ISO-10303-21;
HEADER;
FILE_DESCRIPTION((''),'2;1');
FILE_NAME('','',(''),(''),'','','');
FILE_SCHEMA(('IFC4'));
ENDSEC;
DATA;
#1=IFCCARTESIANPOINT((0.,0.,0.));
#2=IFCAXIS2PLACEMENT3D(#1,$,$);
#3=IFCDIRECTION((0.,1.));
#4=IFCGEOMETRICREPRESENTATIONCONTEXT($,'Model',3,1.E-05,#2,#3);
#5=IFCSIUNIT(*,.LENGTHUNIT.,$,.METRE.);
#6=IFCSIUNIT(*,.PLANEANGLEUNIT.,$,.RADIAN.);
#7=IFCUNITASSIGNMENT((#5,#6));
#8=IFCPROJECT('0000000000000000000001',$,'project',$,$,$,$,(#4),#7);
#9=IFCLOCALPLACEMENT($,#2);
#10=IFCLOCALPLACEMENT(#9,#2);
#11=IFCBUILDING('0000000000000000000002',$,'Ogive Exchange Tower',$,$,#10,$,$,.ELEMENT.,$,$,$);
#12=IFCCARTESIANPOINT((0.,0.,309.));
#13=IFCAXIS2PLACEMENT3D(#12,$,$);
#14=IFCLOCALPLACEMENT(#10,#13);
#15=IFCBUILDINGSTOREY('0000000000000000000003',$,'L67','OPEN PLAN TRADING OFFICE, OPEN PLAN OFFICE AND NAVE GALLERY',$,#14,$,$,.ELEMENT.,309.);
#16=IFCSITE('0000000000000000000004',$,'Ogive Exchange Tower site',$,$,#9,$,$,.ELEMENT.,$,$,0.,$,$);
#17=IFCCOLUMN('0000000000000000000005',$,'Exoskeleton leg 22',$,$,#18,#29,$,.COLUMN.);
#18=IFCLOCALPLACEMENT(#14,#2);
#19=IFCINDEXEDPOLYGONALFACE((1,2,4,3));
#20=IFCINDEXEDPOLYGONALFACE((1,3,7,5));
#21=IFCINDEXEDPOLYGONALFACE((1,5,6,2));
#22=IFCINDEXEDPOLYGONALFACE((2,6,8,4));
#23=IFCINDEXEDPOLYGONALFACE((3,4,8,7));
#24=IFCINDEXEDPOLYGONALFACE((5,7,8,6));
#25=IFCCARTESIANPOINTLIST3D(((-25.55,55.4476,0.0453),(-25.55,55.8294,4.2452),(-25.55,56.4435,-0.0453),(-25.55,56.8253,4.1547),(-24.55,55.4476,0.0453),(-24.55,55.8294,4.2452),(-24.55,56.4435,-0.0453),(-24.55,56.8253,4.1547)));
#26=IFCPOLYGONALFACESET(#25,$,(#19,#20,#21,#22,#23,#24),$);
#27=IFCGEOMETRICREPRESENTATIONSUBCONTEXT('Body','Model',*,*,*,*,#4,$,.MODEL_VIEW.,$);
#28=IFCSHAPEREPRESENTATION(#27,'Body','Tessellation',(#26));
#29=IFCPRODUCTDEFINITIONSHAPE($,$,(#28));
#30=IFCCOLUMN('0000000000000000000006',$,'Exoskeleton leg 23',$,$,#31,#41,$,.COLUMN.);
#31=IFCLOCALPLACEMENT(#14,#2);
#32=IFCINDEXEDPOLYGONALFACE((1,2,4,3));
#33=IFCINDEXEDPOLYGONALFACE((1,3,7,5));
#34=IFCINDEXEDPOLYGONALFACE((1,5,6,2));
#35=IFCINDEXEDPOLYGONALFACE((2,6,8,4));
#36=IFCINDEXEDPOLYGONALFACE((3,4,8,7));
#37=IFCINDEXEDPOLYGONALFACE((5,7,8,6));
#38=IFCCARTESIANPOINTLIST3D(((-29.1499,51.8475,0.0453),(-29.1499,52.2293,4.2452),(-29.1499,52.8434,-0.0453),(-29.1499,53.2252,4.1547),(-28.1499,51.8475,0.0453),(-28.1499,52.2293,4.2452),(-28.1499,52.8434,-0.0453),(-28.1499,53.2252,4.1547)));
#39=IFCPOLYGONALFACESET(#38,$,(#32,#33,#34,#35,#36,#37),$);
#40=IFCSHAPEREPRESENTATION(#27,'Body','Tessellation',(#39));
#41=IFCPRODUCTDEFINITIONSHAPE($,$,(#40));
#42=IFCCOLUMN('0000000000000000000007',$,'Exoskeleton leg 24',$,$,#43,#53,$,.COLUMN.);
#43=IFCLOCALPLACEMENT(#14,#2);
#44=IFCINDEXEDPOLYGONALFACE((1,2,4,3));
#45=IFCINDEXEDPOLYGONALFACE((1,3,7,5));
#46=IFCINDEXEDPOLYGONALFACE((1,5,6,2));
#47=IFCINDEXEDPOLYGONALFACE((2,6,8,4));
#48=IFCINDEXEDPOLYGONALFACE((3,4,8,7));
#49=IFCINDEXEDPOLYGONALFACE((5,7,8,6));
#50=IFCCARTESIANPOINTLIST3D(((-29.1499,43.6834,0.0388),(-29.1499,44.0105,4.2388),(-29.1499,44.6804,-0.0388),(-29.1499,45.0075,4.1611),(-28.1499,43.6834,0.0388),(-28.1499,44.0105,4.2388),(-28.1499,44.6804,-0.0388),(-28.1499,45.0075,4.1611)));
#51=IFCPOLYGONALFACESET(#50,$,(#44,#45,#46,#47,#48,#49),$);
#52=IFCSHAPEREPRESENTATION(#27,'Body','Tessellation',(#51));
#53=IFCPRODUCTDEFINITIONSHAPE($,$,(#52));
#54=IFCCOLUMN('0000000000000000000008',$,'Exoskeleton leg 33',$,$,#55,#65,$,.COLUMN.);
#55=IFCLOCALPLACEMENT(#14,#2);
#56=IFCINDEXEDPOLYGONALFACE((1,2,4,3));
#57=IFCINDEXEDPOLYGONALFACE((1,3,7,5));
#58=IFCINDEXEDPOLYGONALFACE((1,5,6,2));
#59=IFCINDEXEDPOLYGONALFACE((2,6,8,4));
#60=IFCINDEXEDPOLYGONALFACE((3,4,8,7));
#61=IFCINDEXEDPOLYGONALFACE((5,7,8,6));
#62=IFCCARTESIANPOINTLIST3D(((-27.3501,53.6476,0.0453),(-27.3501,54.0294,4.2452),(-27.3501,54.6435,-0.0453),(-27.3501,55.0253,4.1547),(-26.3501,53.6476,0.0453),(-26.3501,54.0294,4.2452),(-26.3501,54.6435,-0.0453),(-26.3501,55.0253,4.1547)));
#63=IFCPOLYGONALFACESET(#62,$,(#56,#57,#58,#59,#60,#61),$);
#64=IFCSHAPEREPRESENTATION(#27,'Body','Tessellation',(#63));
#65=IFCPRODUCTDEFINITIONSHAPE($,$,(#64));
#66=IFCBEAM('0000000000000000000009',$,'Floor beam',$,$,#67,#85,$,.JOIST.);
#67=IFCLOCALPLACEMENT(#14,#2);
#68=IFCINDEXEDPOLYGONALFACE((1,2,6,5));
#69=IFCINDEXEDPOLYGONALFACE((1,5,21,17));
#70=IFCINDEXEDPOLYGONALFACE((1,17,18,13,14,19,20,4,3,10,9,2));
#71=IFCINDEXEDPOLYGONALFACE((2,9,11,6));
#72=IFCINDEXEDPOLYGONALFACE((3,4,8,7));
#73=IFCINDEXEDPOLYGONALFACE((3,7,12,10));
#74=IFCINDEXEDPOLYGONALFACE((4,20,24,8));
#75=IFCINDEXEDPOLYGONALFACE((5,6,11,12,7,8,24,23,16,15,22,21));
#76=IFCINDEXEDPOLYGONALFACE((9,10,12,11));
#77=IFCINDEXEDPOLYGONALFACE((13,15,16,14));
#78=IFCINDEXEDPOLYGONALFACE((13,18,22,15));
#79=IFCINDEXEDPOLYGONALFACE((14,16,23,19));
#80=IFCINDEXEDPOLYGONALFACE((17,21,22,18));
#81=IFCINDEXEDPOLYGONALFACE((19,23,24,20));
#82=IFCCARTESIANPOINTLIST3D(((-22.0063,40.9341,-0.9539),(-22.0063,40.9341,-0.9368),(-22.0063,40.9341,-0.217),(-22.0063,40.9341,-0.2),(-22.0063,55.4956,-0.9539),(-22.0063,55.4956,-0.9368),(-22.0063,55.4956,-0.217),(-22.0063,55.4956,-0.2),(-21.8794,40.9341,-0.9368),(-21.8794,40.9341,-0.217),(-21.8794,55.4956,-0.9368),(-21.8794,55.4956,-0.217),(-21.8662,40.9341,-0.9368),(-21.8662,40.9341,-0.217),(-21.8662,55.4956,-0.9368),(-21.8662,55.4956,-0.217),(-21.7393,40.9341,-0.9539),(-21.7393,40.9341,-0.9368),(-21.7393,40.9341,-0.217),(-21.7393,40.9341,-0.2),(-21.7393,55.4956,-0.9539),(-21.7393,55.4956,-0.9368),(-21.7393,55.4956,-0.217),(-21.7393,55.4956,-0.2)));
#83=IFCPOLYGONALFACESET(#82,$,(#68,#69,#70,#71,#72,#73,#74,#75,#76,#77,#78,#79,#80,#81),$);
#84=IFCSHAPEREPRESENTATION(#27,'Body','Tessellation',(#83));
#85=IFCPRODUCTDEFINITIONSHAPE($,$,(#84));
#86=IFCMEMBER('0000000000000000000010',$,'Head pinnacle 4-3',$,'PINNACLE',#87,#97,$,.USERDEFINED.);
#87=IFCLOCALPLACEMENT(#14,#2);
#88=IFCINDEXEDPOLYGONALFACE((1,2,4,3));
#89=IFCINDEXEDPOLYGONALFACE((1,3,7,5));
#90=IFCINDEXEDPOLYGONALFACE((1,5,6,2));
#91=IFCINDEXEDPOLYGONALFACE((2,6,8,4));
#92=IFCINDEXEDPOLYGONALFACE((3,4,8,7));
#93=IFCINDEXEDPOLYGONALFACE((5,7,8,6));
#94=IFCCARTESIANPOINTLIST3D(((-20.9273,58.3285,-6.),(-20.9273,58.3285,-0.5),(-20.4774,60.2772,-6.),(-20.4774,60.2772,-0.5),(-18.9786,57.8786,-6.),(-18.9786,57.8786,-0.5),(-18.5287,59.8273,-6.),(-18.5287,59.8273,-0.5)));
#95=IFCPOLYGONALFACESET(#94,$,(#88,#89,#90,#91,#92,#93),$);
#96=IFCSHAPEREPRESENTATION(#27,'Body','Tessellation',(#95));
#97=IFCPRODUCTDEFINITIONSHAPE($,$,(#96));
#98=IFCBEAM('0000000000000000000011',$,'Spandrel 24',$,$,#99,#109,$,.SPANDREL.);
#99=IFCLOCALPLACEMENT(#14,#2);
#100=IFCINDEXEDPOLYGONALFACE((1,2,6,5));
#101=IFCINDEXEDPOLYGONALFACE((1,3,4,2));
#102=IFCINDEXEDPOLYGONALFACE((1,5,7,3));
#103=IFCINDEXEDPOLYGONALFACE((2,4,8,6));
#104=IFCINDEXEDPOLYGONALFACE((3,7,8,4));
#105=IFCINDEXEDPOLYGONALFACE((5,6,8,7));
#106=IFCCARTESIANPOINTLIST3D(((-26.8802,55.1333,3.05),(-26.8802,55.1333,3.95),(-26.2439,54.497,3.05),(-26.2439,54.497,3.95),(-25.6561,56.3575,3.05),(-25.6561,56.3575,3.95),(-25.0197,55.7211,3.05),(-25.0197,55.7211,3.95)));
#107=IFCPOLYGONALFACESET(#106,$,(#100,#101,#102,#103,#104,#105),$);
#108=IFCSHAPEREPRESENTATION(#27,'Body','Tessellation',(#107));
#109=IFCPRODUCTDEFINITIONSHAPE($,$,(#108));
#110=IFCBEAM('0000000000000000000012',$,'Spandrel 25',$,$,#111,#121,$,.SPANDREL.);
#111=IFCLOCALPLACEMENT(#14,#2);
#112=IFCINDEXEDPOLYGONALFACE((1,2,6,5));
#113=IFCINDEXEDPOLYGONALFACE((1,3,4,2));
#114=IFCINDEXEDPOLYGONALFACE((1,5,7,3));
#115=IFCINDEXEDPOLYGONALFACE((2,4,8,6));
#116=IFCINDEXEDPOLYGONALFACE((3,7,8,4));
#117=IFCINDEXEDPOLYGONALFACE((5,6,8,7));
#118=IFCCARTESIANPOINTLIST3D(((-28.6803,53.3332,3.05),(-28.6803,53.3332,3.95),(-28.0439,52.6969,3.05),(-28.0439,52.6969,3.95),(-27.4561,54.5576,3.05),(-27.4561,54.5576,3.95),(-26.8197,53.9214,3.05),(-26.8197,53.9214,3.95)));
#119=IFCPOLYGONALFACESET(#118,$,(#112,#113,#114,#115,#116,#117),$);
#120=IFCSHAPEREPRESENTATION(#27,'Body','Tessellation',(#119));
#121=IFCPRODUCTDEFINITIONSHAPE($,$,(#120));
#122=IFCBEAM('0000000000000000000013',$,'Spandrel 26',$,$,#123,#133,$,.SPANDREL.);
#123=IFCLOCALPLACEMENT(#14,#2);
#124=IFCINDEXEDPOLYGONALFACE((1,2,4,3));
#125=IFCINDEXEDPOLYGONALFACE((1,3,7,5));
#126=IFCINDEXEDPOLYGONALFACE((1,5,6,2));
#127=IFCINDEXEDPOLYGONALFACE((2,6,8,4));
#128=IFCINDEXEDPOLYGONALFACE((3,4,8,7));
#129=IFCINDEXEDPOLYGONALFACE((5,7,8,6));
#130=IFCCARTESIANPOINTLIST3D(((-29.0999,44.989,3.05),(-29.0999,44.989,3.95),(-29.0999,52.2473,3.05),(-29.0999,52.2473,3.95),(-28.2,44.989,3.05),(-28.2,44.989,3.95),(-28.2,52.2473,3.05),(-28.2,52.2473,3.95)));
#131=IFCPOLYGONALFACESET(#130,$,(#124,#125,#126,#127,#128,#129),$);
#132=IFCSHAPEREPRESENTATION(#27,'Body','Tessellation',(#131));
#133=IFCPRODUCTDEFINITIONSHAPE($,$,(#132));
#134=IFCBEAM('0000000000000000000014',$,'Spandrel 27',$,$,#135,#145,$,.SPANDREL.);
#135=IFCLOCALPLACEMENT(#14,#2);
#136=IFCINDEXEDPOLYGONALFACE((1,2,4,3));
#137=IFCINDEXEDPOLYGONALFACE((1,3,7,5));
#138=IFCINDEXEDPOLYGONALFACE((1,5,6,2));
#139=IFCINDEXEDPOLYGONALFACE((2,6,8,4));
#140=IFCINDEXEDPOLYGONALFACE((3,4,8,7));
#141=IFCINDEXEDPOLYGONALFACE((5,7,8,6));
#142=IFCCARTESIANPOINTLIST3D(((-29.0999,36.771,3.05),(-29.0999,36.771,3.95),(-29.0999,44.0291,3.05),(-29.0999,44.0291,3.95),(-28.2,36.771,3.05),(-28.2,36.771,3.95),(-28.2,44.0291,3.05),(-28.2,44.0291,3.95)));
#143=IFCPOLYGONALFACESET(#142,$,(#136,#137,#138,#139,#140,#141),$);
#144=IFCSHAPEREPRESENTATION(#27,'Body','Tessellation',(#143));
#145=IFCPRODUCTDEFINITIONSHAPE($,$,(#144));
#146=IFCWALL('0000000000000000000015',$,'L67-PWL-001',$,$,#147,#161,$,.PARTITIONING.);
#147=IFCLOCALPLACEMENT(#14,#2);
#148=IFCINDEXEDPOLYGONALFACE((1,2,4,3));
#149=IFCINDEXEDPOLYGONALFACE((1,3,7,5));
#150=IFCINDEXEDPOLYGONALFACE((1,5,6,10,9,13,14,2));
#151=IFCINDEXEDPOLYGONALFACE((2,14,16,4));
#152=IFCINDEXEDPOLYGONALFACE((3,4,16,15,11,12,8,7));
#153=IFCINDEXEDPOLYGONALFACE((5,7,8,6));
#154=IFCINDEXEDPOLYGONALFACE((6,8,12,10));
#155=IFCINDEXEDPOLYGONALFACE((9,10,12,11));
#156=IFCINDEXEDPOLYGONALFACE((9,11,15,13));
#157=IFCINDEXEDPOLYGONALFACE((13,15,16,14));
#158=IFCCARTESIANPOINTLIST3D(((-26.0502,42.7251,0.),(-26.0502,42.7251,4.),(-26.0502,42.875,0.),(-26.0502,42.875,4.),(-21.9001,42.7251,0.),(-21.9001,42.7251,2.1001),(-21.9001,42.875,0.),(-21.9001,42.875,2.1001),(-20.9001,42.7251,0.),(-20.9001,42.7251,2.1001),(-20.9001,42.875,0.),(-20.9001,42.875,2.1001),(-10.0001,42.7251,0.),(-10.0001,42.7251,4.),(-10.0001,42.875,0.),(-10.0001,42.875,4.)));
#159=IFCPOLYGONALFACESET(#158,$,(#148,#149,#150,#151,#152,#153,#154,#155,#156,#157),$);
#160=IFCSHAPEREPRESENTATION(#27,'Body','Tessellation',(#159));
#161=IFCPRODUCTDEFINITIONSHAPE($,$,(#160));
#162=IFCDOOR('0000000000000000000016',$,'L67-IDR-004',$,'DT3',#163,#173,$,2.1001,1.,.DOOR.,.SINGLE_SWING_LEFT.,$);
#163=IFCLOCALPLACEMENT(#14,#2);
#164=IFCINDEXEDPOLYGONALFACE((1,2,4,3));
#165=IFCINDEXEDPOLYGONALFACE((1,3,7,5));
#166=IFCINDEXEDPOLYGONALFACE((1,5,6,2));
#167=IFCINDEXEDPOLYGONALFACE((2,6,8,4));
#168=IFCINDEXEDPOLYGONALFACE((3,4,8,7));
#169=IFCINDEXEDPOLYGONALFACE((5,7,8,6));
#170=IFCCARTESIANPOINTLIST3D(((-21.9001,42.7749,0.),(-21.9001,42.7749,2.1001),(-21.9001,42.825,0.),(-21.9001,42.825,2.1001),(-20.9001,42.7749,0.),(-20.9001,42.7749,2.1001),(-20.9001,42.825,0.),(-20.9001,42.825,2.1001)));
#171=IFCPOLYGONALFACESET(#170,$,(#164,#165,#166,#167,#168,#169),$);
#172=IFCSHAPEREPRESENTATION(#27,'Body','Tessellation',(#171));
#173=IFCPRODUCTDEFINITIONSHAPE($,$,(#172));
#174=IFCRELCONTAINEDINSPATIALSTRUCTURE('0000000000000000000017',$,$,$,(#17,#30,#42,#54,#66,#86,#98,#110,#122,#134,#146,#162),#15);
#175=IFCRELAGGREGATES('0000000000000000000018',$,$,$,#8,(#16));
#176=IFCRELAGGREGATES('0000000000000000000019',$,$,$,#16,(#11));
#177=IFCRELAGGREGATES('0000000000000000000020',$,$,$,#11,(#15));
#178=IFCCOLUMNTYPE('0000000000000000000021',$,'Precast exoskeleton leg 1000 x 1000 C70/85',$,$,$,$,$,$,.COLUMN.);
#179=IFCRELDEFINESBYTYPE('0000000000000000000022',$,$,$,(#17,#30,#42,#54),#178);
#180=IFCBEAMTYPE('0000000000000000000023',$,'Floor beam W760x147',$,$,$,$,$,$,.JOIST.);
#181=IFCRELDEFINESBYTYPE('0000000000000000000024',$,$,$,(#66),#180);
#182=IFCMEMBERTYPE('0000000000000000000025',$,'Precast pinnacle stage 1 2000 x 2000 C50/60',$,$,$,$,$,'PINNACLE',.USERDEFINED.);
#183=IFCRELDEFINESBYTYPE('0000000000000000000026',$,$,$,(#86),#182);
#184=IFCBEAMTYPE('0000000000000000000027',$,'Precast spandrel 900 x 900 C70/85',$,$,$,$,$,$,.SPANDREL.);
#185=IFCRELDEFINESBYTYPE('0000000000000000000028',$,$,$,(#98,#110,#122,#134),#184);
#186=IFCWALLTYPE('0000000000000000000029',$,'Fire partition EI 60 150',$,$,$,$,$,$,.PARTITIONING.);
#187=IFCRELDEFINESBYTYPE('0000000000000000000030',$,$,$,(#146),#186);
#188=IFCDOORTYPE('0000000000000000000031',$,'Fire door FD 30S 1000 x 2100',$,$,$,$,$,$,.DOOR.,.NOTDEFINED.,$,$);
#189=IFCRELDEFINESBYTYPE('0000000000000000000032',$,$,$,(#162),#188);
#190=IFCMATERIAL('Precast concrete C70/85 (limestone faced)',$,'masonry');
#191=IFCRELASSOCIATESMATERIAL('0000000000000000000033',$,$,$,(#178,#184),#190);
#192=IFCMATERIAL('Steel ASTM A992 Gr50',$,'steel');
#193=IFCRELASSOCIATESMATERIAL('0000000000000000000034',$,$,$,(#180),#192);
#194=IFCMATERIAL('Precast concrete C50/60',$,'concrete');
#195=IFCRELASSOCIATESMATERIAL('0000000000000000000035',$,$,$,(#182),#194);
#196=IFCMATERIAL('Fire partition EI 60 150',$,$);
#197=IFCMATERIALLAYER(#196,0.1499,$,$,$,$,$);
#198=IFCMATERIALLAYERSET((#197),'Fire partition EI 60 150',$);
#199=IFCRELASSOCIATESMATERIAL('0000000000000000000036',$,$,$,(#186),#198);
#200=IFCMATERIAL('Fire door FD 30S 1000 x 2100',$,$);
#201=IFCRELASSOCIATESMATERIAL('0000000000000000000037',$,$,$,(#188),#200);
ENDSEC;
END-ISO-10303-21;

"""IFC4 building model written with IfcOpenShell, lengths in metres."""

from ifc_helpers import new_model, si_unit, direction, frame, frame_2d, origin, origin_2d, place, context, subcontext, project, spatial, rectangle, i_section, extrude, material, layer, layer_set, material_profile, profile_set, type_object, element, fill, save


model = new_model("IFC4")

# Units and contexts
model_context = context("Model", 3, precision=1e-05, world=origin(), true_north=direction((0.0, 1.0)))
body_context = subcontext(model_context, "Body", "Model", "MODEL_VIEW")
ifc_project = project(units=[si_unit("LENGTHUNIT", "METRE"), si_unit("PLANEANGLEUNIT", "RADIAN")], contexts=[model_context])

# Site, building, storey
site_placement = place(None, origin())
site = spatial("IfcSite", under=ifc_project, at=site_placement, Name="Ogive Exchange Tower site", CompositionType="ELEMENT", RefElevation=0.0)
building_placement = place(site_placement, origin())
building = spatial("IfcBuilding", under=site, at=building_placement, Name="Ogive Exchange Tower", CompositionType="ELEMENT")
storey_placement = place(building_placement, frame((0.0, 0.0, 309.0)))
storey = spatial("IfcBuildingStorey", under=building, at=storey_placement, Name="L67", Description="OPEN PLAN TRADING OFFICE, OPEN PLAN OFFICE AND NAVE GALLERY", CompositionType="ELEMENT", Elevation=309.0)

# Columns
ifc_material_1 = material(Name="Precast concrete C70/85 (limestone faced)", Category="masonry")
ifc_material_profile_1 = material_profile(ifc_material_1, rectangle(XDim=1.0, YDim=1.0, at=origin_2d()), Name="1000 x 1000")
ifc_profile_set_1 = profile_set([ifc_material_profile_1], Name="Precast concrete C70/85 (limestone faced)")
column_type = type_object("IfcColumnType", Name="Precast exoskeleton leg 1000 x 1000 C70/85", PredefinedType="COLUMN", material=ifc_profile_set_1)
for number, where, z_axis, x_axis, name in (
    (1, (-25.05, 55.9456, 0.0), (0.0, 0.090541, 0.995893), (-1.0, 0.0, 0.0), "Exoskeleton leg 22"),
    (2, (-28.6499, 52.3455, 0.0), (0.0, 0.090541, 0.995893), (-1.0, 0.0, 0.0), "Exoskeleton leg 23"),
):
    element("IfcColumn", number, at=place(storey_placement, frame(where, z_axis=z_axis, x_axis=x_axis)), inside=storey, type_object=column_type, Name=name, PredefinedType="COLUMN", context=body_context, shape_type="SweptSolid", body=[
        extrude(rectangle(XDim=1.0, YDim=1.0, at=origin_2d()), origin(), (0.0, 0.0, 1.0), 4.2173),
    ])
column_1_placement = place(storey_placement, frame((-28.6499, 44.1819, 0.0), z_axis=(0.0, 0.077658, 0.99698), x_axis=(-1.0, 0.0, 0.0)))
element("IfcColumn", 3, at=column_1_placement, inside=storey, type_object=column_type, Name="Exoskeleton leg 24", PredefinedType="COLUMN", context=body_context, shape_type="SweptSolid", body=[
    extrude(rectangle(XDim=1.0, YDim=1.0, at=origin_2d()), origin(), (0.0, 0.0, 1.0), 4.2126),
])
column_2_placement = place(storey_placement, frame((-26.8501, 54.1455, 0.0), z_axis=(0.0, 0.090541, 0.995893), x_axis=(-1.0, 0.0, 0.0)))
element("IfcColumn", 4, at=column_2_placement, inside=storey, type_object=column_type, Name="Exoskeleton leg 33", PredefinedType="COLUMN", context=body_context, shape_type="SweptSolid", body=[
    extrude(rectangle(XDim=1.0, YDim=1.0, at=origin_2d()), origin(), (0.0, 0.0, 1.0), 4.2173),
])

# Beam
ifc_material_2 = material(Name="Steel ASTM A992 Gr50", Category="steel")
ifc_material_profile_2 = material_profile(ifc_material_2, i_section(OverallWidth=0.2671, OverallDepth=0.7539, WebThickness=0.0132, FlangeThickness=0.0171, at=origin_2d()), Name="W760x147")
ifc_profile_set_2 = profile_set([ifc_material_profile_2], Name="Steel ASTM A992 Gr50")
beam_type_1 = type_object("IfcBeamType", Name="Floor beam W760x147", PredefinedType="JOIST", material=ifc_profile_set_2)
beam_1_placement = place(storey_placement, frame((-21.8728, 40.9341, -0.5769), z_axis=(0.0, 1.0, 0.0), x_axis=(-1.0, 0.0, 0.0)))
element("IfcBeam", 5, at=beam_1_placement, inside=storey, type_object=beam_type_1, Name="Floor beam", PredefinedType="JOIST", context=body_context, shape_type="SweptSolid", body=[
    extrude(i_section(OverallWidth=0.2671, OverallDepth=0.7539, WebThickness=0.0132, FlangeThickness=0.0171, at=origin_2d()), origin(), (0.0, 0.0, 1.0), 14.5615),
])

# Member
ifc_material_3 = material(Name="Precast concrete C50/60", Category="concrete")
ifc_material_profile_3 = material_profile(ifc_material_3, rectangle(XDim=2.0, YDim=2.0, at=origin_2d()), Name="PINNACLE 1 2000 x 2000")
ifc_profile_set_3 = profile_set([ifc_material_profile_3], Name="Precast concrete C50/60")
member_type = type_object("IfcMemberType", Name="Precast pinnacle stage 1 2000 x 2000 C50/60", ElementType="PINNACLE", PredefinedType="USERDEFINED", material=ifc_profile_set_3)
member_placement = place(storey_placement, frame((-19.728, 59.0779, -6.0), z_axis=(0.0, 0.0, 1.0), x_axis=(0.97437, -0.224951, 0.0)))
element("IfcMember", 6, at=member_placement, inside=storey, type_object=member_type, Name="Head pinnacle 4-3", ObjectType="PINNACLE", PredefinedType="USERDEFINED", context=body_context, shape_type="SweptSolid", body=[
    extrude(rectangle(XDim=2.0, YDim=2.0, at=origin_2d()), origin(), (0.0, 0.0, 1.0), 5.5),
])

# Beams
ifc_material_profile_4 = material_profile(ifc_material_1, rectangle(XDim=0.8999, YDim=0.8999, at=origin_2d()), Name="900 x 900")
ifc_profile_set_4 = profile_set([ifc_material_profile_4], Name="Precast concrete C70/85 (limestone faced)")
beam_type_2 = type_object("IfcBeamType", Name="Precast spandrel 900 x 900 C70/85", PredefinedType="SPANDREL", material=ifc_profile_set_4)
beam_2_placement = place(storey_placement, frame((-25.3379, 56.0393, 3.5), z_axis=(-0.707107, -0.707107, 0.0), x_axis=(0.707107, -0.707107, 0.0)))
element("IfcBeam", 7, at=beam_2_placement, inside=storey, type_object=beam_type_2, Name="Spandrel 24", PredefinedType="SPANDREL", context=body_context, shape_type="SweptSolid", body=[
    extrude(rectangle(XDim=0.8999, YDim=0.8999, at=origin_2d()), origin(), (0.0, 0.0, 1.0), 1.7312),
])
beam_3_placement = place(storey_placement, frame((-27.1379, 54.2395, 3.5), z_axis=(-0.707036, -0.707177, 0.0), x_axis=(0.707177, -0.707036, 0.0)))
element("IfcBeam", 8, at=beam_3_placement, inside=storey, type_object=beam_type_2, Name="Spandrel 25", PredefinedType="SPANDREL", context=body_context, shape_type="SweptSolid", body=[
    extrude(rectangle(XDim=0.8999, YDim=0.8999, at=origin_2d()), origin(), (0.0, 0.0, 1.0), 1.7314),
])
beam_4_placement = place(storey_placement, frame((-28.6499, 52.2473, 3.5), z_axis=(0.0, -1.0, 0.0), x_axis=(1.0, 0.0, 0.0)))
element("IfcBeam", 9, at=beam_4_placement, inside=storey, type_object=beam_type_2, Name="Spandrel 26", PredefinedType="SPANDREL", context=body_context, shape_type="SweptSolid", body=[
    extrude(rectangle(XDim=0.8999, YDim=0.8999, at=origin_2d()), origin(), (0.0, 0.0, 1.0), 7.2583),
])
beam_5_placement = place(storey_placement, frame((-28.6499, 44.0291, 3.5), z_axis=(0.0, -1.0, 0.0), x_axis=(1.0, 0.0, 0.0)))
element("IfcBeam", 10, at=beam_5_placement, inside=storey, type_object=beam_type_2, Name="Spandrel 27", PredefinedType="SPANDREL", context=body_context, shape_type="SweptSolid", body=[
    extrude(rectangle(XDim=0.8999, YDim=0.8999, at=origin_2d()), origin(), (0.0, 0.0, 1.0), 7.2581),
])

# Wall, opening, door
ifc_material_4 = material(Name="Fire partition EI 60 150")
ifc_layer_1 = layer(ifc_material_4, 0.1499)
ifc_layer_set_1 = layer_set([ifc_layer_1], Name="Fire partition EI 60 150")
wall_type_1 = type_object("IfcWallType", Name="Fire partition EI 60 150", PredefinedType="PARTITIONING", material=ifc_layer_set_1)
wall_1_placement = place(storey_placement, frame((-26.05, 42.8, 0.0), z_axis=(0.0, 0.0, 1.0), x_axis=(1.0, 0.0, 0.0)))
wall_1 = element("IfcWall", 11, at=wall_1_placement, inside=storey, type_object=wall_type_1, Name="L67-PWL-001", PredefinedType="PARTITIONING", context=body_context, shape_type="SweptSolid", body=[
    extrude(rectangle(XDim=16.05, YDim=0.1499, at=frame_2d((8.0249, 0.0))), origin(), (0.0, 0.0, 1.0), 4.0),
])
opening_1_placement = place(wall_1_placement, frame((4.1499, 0.0, 0.0)))
opening_1 = element("IfcOpeningElement", 12, at=opening_1_placement, cuts=wall_1, PredefinedType="OPENING", context=body_context, shape_type="SweptSolid", body=[
    extrude(rectangle(XDim=1.0, YDim=2.1001, at=frame_2d((0.5, 1.05))), frame((0.0, 0.085, 0.0), z_axis=(0.0, -1.0, 0.0), x_axis=(1.0, 0.0, 0.0)), (0.0, 0.0, 1.0), 0.1699),
])
ifc_material_5 = material(Name="Fire door FD 30S 1000 x 2100")
door_type_1 = type_object("IfcDoorType", Name="Fire door FD 30S 1000 x 2100", OperationType="NOTDEFINED", PredefinedType="DOOR", material=ifc_material_5)
door_1_placement = place(opening_1_placement, origin())
door_1 = element("IfcDoor", 13, at=door_1_placement, inside=storey, type_object=door_type_1, Name="L67-IDR-004", ObjectType="DT3", OperationType="SINGLE_SWING_LEFT", OverallHeight=2.1001, OverallWidth=1.0, PredefinedType="DOOR", context=body_context, shape_type="SweptSolid", body=[
    extrude(rectangle(XDim=1.0, YDim=2.1001, at=frame_2d((0.5, 1.05))), frame((0.0, 0.0249, 0.0), z_axis=(0.0, -1.0, 0.0), x_axis=(1.0, 0.0, 0.0)), (0.0, 0.0, 1.0), 0.05),
])
fill(opening_1, door_1)

save(model, "model.ifc")
